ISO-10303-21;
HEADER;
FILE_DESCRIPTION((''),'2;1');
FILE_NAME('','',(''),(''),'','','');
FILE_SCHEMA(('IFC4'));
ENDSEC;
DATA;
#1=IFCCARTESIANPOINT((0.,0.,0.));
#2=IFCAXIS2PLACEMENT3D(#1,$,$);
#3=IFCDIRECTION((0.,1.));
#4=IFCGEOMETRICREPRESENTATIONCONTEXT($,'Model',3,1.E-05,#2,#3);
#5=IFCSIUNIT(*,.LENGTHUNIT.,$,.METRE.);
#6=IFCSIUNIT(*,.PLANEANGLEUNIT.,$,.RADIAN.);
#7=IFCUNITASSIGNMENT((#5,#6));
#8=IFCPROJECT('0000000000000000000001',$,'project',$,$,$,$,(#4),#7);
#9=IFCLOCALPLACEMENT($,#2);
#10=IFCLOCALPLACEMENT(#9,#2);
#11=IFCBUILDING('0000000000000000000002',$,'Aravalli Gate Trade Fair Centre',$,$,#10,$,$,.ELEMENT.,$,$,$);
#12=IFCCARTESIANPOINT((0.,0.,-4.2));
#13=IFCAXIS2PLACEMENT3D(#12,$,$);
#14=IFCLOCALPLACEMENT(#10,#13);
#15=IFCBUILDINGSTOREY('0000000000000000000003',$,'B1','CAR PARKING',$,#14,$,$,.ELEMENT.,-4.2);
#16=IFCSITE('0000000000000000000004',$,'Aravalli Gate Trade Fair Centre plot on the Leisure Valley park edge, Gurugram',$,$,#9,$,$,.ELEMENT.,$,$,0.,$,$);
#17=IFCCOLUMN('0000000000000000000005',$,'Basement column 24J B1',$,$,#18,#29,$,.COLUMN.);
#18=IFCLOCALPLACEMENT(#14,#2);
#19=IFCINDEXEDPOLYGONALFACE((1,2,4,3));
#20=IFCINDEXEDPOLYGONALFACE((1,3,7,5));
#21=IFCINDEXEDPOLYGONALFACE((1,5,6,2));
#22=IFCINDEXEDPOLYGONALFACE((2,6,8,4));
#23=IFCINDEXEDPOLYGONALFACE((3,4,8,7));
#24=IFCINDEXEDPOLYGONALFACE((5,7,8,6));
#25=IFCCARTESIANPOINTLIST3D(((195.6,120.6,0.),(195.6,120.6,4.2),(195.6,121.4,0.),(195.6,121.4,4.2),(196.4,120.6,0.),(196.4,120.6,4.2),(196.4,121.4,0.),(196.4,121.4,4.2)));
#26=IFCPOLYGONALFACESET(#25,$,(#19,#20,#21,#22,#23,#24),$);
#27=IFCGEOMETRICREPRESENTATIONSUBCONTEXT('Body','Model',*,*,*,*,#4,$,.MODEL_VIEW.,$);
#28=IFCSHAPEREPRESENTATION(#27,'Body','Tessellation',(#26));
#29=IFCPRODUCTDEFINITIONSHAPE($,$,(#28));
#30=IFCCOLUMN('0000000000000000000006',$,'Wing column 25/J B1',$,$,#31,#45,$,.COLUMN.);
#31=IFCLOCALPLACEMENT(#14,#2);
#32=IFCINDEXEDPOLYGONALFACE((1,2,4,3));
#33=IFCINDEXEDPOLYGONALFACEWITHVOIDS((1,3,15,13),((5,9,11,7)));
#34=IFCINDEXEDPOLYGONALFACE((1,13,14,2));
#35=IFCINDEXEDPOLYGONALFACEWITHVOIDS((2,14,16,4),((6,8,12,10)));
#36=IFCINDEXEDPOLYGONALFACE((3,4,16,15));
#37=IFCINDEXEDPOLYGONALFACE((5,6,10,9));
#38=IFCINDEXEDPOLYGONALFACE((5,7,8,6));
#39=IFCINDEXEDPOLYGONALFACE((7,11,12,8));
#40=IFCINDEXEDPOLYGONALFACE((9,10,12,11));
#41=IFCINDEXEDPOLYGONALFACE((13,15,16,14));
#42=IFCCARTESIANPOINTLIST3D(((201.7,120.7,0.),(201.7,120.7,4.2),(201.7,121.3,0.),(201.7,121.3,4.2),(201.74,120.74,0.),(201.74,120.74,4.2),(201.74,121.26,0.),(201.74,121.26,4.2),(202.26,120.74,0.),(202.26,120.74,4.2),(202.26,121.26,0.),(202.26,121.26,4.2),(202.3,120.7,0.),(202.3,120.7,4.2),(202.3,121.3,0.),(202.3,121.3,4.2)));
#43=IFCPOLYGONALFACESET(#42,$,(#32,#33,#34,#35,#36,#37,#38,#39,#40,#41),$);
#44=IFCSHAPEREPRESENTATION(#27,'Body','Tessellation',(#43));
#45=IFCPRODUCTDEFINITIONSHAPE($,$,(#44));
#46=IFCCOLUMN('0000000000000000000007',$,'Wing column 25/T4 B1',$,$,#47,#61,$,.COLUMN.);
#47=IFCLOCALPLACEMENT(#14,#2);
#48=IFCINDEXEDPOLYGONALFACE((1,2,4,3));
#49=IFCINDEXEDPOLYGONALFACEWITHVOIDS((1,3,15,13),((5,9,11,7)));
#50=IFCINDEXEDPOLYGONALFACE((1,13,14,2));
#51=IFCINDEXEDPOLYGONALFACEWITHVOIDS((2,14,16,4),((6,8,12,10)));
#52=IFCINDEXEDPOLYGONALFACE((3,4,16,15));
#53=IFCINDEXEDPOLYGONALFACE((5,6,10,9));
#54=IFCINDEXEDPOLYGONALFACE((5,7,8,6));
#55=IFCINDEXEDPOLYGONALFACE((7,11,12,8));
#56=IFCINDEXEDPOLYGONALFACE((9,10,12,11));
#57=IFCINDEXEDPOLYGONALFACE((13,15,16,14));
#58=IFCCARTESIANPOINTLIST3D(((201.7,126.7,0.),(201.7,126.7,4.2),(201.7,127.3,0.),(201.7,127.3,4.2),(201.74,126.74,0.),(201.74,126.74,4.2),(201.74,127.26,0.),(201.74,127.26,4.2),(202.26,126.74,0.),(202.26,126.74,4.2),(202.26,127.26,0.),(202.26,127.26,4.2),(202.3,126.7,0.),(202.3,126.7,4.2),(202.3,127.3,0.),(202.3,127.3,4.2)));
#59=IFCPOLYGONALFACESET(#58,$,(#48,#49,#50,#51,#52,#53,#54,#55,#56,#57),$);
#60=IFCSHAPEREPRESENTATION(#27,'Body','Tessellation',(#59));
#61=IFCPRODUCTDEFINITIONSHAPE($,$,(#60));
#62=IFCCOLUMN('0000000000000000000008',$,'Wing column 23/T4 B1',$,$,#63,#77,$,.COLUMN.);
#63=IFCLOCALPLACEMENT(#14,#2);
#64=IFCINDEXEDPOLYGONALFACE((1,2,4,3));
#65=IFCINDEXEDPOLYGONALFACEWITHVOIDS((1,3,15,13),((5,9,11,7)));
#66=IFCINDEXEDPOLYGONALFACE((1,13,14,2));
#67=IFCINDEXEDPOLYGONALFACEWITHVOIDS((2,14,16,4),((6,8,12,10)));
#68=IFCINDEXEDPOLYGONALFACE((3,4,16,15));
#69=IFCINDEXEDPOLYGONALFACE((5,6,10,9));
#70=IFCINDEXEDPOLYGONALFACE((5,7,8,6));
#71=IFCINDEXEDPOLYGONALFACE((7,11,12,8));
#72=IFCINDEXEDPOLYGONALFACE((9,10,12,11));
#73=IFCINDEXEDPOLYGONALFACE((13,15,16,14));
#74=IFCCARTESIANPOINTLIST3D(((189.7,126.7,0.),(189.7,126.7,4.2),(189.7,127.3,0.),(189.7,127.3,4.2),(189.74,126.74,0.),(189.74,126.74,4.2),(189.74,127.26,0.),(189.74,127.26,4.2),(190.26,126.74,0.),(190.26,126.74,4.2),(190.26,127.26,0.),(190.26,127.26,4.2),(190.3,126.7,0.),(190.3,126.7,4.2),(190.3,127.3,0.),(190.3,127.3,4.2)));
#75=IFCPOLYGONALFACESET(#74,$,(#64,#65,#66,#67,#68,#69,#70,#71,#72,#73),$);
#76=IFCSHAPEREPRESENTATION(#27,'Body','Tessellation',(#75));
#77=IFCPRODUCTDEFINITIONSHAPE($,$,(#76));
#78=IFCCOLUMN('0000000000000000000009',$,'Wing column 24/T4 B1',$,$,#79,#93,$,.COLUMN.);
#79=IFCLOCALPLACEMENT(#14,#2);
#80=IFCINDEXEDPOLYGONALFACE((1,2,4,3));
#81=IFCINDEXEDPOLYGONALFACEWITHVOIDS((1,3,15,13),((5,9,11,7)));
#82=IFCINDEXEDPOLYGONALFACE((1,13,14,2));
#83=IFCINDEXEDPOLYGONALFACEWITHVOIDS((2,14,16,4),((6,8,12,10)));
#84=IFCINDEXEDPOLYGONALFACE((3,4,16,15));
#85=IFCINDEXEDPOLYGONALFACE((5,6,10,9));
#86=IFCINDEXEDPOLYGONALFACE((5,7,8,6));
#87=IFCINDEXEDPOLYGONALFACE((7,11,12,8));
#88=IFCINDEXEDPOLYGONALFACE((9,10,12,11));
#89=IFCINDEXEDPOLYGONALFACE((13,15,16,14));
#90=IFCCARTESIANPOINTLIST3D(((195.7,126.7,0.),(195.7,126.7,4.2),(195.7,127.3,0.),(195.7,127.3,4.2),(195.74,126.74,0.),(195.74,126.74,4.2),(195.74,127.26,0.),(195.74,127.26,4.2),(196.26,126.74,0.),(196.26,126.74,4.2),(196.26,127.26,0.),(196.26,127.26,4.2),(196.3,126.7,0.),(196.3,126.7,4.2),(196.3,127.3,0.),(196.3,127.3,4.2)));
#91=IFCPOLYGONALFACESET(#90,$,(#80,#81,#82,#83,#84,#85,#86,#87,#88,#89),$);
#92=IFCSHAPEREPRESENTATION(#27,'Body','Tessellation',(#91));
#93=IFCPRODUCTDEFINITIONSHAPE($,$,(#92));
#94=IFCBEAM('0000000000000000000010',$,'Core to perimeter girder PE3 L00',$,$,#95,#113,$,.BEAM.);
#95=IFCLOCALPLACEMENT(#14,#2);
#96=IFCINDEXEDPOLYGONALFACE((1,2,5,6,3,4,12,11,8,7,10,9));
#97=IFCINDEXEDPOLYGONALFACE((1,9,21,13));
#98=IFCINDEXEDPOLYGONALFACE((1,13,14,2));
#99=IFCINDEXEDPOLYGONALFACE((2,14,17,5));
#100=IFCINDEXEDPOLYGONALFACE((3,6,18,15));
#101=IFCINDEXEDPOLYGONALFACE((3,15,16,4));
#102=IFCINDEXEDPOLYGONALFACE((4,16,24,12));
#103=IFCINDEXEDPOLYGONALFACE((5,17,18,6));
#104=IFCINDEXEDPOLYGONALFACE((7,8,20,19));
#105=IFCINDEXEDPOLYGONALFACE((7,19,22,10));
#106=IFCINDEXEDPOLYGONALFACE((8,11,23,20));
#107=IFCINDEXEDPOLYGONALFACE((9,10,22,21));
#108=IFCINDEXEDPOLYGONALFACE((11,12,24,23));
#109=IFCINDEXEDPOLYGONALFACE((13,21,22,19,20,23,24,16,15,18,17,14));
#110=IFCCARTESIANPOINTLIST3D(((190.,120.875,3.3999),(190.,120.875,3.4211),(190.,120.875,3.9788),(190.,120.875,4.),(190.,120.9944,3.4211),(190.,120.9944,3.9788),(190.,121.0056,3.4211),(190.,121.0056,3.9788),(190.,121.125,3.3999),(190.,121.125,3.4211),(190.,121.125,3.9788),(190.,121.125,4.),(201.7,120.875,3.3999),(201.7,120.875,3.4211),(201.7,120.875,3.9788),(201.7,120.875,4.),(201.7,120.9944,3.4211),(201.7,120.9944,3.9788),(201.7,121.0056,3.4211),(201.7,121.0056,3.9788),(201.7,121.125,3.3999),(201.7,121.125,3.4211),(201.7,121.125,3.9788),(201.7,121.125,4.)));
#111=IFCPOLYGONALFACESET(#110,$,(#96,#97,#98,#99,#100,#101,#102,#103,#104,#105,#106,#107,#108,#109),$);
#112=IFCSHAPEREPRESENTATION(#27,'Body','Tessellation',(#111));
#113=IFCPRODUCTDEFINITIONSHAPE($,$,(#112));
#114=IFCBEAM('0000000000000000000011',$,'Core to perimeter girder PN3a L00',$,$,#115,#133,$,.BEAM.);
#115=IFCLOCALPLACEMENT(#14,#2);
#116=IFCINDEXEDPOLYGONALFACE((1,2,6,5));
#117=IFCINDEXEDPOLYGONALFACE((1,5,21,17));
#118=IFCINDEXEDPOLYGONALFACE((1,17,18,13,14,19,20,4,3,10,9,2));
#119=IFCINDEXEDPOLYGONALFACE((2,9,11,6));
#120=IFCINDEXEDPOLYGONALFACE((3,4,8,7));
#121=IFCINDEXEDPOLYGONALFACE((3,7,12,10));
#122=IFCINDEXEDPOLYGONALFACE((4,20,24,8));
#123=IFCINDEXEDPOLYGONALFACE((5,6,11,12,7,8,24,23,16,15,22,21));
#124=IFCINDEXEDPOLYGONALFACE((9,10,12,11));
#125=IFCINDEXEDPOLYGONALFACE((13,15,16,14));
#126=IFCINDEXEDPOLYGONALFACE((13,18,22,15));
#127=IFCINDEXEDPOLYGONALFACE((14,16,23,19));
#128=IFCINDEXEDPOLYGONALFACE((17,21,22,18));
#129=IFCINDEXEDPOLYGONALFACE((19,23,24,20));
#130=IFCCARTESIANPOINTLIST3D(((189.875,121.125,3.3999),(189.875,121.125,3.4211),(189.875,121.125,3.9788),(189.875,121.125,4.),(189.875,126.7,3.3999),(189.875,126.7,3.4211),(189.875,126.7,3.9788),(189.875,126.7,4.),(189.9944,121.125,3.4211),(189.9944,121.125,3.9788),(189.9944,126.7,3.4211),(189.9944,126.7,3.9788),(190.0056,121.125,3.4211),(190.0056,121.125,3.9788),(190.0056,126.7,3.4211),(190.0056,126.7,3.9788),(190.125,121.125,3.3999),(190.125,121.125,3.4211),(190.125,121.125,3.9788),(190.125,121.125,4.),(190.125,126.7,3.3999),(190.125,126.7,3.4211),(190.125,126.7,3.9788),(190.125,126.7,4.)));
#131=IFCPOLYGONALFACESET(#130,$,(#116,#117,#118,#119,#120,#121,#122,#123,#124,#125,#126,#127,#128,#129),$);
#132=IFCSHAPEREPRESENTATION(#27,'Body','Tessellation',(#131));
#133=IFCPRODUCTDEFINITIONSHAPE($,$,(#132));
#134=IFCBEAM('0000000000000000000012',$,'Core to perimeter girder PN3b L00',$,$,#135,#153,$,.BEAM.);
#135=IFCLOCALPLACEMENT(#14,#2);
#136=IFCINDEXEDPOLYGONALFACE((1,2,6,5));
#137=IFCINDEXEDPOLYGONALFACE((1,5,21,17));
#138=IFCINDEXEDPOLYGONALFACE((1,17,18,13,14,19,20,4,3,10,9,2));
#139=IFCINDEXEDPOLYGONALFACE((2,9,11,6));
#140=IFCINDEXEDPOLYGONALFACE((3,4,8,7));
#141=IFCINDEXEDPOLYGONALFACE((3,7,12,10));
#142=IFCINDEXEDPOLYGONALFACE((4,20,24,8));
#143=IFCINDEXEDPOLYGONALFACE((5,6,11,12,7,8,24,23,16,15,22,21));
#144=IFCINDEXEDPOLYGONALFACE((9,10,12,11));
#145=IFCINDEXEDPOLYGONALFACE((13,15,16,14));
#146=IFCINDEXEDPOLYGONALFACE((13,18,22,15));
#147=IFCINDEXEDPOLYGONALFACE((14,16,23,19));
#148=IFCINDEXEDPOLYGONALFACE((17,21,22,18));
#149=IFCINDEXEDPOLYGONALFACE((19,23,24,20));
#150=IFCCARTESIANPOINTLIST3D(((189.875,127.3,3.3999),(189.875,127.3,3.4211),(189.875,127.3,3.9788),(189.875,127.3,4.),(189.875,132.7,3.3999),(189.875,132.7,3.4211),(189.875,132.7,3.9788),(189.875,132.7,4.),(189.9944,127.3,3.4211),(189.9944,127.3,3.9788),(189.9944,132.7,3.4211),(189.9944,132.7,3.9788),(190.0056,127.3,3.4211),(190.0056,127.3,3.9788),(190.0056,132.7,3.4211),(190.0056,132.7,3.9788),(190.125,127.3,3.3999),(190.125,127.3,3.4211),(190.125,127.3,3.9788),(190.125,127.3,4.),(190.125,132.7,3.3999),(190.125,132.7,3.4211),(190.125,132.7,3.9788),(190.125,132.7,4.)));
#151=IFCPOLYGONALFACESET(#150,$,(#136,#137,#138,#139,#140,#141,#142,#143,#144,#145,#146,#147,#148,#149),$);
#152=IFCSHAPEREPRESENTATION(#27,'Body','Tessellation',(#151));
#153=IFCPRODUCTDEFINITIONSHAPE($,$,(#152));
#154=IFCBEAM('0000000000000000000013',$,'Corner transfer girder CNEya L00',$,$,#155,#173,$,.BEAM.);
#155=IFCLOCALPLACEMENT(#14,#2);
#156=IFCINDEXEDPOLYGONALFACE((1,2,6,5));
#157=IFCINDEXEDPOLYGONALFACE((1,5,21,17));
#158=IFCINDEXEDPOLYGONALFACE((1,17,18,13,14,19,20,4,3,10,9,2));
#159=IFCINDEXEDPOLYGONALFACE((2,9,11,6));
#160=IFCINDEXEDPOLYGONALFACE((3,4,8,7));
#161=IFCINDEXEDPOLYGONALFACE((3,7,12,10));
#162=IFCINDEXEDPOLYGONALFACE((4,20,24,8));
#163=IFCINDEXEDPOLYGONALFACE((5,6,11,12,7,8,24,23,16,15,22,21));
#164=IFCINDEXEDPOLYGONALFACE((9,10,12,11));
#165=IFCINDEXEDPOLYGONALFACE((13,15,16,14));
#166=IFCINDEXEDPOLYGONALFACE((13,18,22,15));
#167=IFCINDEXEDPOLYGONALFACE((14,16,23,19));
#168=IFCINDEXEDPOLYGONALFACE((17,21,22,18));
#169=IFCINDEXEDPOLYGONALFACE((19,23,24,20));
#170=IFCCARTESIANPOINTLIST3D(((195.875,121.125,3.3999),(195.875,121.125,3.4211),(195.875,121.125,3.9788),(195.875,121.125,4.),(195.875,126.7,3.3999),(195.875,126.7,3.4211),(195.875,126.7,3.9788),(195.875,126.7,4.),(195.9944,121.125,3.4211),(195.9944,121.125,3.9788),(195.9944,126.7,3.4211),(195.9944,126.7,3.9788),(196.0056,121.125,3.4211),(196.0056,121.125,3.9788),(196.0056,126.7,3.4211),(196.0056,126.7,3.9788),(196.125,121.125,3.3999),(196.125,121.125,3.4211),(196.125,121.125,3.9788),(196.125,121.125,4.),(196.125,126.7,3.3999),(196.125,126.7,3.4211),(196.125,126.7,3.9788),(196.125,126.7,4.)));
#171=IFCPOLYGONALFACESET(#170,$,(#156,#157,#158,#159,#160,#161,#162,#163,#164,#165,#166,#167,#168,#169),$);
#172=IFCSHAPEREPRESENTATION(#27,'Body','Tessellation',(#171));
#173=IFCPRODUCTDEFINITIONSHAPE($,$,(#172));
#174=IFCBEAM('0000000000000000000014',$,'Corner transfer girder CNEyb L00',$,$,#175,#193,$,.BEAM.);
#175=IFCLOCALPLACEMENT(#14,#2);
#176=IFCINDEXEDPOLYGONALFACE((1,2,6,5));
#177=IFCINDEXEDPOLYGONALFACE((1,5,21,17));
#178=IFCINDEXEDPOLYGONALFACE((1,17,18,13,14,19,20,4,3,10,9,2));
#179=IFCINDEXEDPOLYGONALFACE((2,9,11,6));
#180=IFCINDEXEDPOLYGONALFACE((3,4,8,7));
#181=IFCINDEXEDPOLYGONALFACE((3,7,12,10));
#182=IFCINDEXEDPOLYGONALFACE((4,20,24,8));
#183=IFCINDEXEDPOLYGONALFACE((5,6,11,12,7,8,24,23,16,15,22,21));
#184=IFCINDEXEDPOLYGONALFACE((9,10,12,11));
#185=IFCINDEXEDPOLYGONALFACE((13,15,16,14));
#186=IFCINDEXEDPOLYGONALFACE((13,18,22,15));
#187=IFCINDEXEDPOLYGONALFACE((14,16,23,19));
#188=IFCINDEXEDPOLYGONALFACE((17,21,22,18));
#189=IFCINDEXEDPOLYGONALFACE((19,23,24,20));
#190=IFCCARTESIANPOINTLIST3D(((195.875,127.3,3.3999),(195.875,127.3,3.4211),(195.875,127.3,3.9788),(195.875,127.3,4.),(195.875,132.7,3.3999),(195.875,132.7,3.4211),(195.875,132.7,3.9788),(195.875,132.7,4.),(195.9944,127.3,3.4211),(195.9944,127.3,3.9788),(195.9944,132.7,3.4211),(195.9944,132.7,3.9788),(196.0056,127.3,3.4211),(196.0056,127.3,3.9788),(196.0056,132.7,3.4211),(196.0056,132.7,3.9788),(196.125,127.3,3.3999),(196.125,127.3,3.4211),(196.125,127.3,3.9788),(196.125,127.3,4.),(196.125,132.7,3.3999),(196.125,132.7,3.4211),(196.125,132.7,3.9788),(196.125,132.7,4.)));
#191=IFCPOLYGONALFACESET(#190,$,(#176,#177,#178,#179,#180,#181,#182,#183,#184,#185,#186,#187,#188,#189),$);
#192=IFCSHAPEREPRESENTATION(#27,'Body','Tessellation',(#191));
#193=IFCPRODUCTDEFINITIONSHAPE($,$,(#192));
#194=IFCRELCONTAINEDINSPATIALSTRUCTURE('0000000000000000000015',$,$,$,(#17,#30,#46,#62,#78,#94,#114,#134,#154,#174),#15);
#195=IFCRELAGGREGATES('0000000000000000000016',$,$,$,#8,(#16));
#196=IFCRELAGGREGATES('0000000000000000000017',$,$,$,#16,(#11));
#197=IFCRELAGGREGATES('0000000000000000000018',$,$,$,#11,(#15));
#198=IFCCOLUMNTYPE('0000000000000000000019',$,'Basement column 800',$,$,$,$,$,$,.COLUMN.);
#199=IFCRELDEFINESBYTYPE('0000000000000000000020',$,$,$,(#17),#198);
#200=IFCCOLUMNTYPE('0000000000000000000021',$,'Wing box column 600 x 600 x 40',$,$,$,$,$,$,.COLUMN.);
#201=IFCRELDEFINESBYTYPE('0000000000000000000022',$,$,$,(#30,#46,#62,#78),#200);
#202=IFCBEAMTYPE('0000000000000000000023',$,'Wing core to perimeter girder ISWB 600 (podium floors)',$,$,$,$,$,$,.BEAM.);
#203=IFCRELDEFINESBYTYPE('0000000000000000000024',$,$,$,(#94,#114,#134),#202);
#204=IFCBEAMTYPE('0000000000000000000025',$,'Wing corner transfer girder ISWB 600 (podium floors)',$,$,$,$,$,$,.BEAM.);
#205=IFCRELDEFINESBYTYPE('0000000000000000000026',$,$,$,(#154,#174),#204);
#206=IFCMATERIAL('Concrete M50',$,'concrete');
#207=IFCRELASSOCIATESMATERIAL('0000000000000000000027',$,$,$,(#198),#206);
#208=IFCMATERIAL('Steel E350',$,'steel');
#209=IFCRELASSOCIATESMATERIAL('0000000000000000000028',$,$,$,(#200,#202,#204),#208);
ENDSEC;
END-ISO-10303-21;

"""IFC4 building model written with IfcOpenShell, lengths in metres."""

from ifc_helpers import new_model, si_unit, direction, frame, origin, origin_2d, place, context, subcontext, project, spatial, rectangle, hollow_rectangle, i_section, extrude, material, material_profile, profile_set, type_object, element, save


model = new_model("IFC4")

# Units and contexts
model_context = context("Model", 3, precision=1e-05, world=origin(), true_north=direction((0.0, 1.0)))
body_context = subcontext(model_context, "Body", "Model", "MODEL_VIEW")
ifc_project = project(units=[si_unit("LENGTHUNIT", "METRE"), si_unit("PLANEANGLEUNIT", "RADIAN")], contexts=[model_context])

# Site, building, storey
site_placement = place(None, origin())
site = spatial("IfcSite", under=ifc_project, at=site_placement, Name="Aravalli Gate Trade Fair Centre plot on the Leisure Valley park edge, Gurugram", CompositionType="ELEMENT", RefElevation=0.0)
building_placement = place(site_placement, origin())
building = spatial("IfcBuilding", under=site, at=building_placement, Name="Aravalli Gate Trade Fair Centre", CompositionType="ELEMENT")
storey_placement = place(building_placement, frame((0.0, 0.0, -4.2)))
storey = spatial("IfcBuildingStorey", under=building, at=storey_placement, Name="B1", Description="CAR PARKING", CompositionType="ELEMENT", Elevation=-4.2)

# Columns
ifc_material_1 = material(Name="Concrete M50", Category="concrete")
ifc_material_profile_1 = material_profile(ifc_material_1, rectangle(XDim=0.8, YDim=0.8, at=origin_2d()), Name="RC 800 x 800")
ifc_profile_set_1 = profile_set([ifc_material_profile_1], Name="Concrete M50")
column_type_1 = type_object("IfcColumnType", Name="Basement column 800", PredefinedType="COLUMN", material=ifc_profile_set_1)
column_placement = place(storey_placement, frame((196.0, 121.0, 0.0), z_axis=(0.0, 0.0, 1.0), x_axis=(1.0, 0.0, 0.0)))
element("IfcColumn", 1, at=column_placement, inside=storey, type_object=column_type_1, Name="Basement column 24J B1", PredefinedType="COLUMN", context=body_context, shape_type="SweptSolid", body=[
    extrude(rectangle(XDim=0.8, YDim=0.8, at=origin_2d()), origin(), (0.0, 0.0, 1.0), 4.2),
])
ifc_material_2 = material(Name="Steel E350", Category="steel")
ifc_material_profile_2 = material_profile(ifc_material_2, hollow_rectangle(XDim=0.6001, YDim=0.6001, WallThickness=0.04, at=origin_2d()), Name="BOX 600x600x40")
ifc_profile_set_2 = profile_set([ifc_material_profile_2], Name="Steel E350")
column_type_2 = type_object("IfcColumnType", Name="Wing box column 600 x 600 x 40", PredefinedType="COLUMN", material=ifc_profile_set_2)
for number, where, z_axis, x_axis, name in (
    (2, (202.0, 121.0, 0.0), (0.0, 0.0, 1.0), (1.0, 0.0, 0.0), "Wing column 25/J B1"),
    (3, (202.0, 127.0, 0.0), (0.0, 0.0, 1.0), (1.0, 0.0, 0.0), "Wing column 25/T4 B1"),
    (4, (190.0, 127.0, 0.0), (0.0, 0.0, 1.0), (1.0, 0.0, 0.0), "Wing column 23/T4 B1"),
    (5, (196.0, 127.0, 0.0), (0.0, 0.0, 1.0), (1.0, 0.0, 0.0), "Wing column 24/T4 B1"),
):
    element("IfcColumn", number, at=place(storey_placement, frame(where, z_axis=z_axis, x_axis=x_axis)), inside=storey, type_object=column_type_2, Name=name, PredefinedType="COLUMN", context=body_context, shape_type="SweptSolid", body=[
        extrude(hollow_rectangle(XDim=0.6001, YDim=0.6001, WallThickness=0.04, at=origin_2d()), origin(), (0.0, 0.0, 1.0), 4.2),
    ])

# Beams
ifc_material_profile_3 = material_profile(ifc_material_2, i_section(OverallWidth=0.25, OverallDepth=0.6001, WebThickness=0.0112, FlangeThickness=0.0212, at=origin_2d()), Name="ISWB 600")
ifc_profile_set_3 = profile_set([ifc_material_profile_3], Name="Steel E350")
beam_type_1 = type_object("IfcBeamType", Name="Wing core to perimeter girder ISWB 600 (podium floors)", PredefinedType="BEAM", material=ifc_profile_set_3)
beam_1_placement = place(storey_placement, frame((190.0, 121.0, 3.7), z_axis=(1.0, 0.0, 0.0), x_axis=(0.0, 1.0, 0.0)))
element("IfcBeam", 6, at=beam_1_placement, inside=storey, type_object=beam_type_1, Name="Core to perimeter girder PE3 L00", PredefinedType="BEAM", context=body_context, shape_type="SweptSolid", body=[
    extrude(i_section(OverallWidth=0.25, OverallDepth=0.6001, WebThickness=0.0112, FlangeThickness=0.0212, at=origin_2d()), origin(), (0.0, 0.0, 1.0), 11.7),
])
beam_2_placement = place(storey_placement, frame((190.0, 121.125, 3.7), z_axis=(0.0, 1.0, 0.0), x_axis=(-1.0, 0.0, 0.0)))
element("IfcBeam", 7, at=beam_2_placement, inside=storey, type_object=beam_type_1, Name="Core to perimeter girder PN3a L00", PredefinedType="BEAM", context=body_context, shape_type="SweptSolid", body=[
    extrude(i_section(OverallWidth=0.25, OverallDepth=0.6001, WebThickness=0.0112, FlangeThickness=0.0212, at=origin_2d()), origin(), (0.0, 0.0, 1.0), 5.575),
])
beam_3_placement = place(storey_placement, frame((190.0, 127.3, 3.7), z_axis=(0.0, 1.0, 0.0), x_axis=(-1.0, 0.0, 0.0)))
element("IfcBeam", 8, at=beam_3_placement, inside=storey, type_object=beam_type_1, Name="Core to perimeter girder PN3b L00", PredefinedType="BEAM", context=body_context, shape_type="SweptSolid", body=[
    extrude(i_section(OverallWidth=0.25, OverallDepth=0.6001, WebThickness=0.0112, FlangeThickness=0.0212, at=origin_2d()), origin(), (0.0, 0.0, 1.0), 5.3999),
])
ifc_material_profile_4 = material_profile(ifc_material_2, i_section(OverallWidth=0.25, OverallDepth=0.6001, WebThickness=0.0112, FlangeThickness=0.0212, at=origin_2d()), Name="ISWB 600")
ifc_profile_set_4 = profile_set([ifc_material_profile_4], Name="Steel E350")
beam_type_2 = type_object("IfcBeamType", Name="Wing corner transfer girder ISWB 600 (podium floors)", PredefinedType="BEAM", material=ifc_profile_set_4)
beam_4_placement = place(storey_placement, frame((196.0, 121.125, 3.7), z_axis=(0.0, 1.0, 0.0), x_axis=(-1.0, 0.0, 0.0)))
element("IfcBeam", 9, at=beam_4_placement, inside=storey, type_object=beam_type_2, Name="Corner transfer girder CNEya L00", PredefinedType="BEAM", context=body_context, shape_type="SweptSolid", body=[
    extrude(i_section(OverallWidth=0.25, OverallDepth=0.6001, WebThickness=0.0112, FlangeThickness=0.0212, at=origin_2d()), origin(), (0.0, 0.0, 1.0), 5.575),
])
beam_5_placement = place(storey_placement, frame((196.0, 127.3, 3.7), z_axis=(0.0, 1.0, 0.0), x_axis=(-1.0, 0.0, 0.0)))
element("IfcBeam", 10, at=beam_5_placement, inside=storey, type_object=beam_type_2, Name="Corner transfer girder CNEyb L00", PredefinedType="BEAM", context=body_context, shape_type="SweptSolid", body=[
    extrude(i_section(OverallWidth=0.25, OverallDepth=0.6001, WebThickness=0.0112, FlangeThickness=0.0212, at=origin_2d()), origin(), (0.0, 0.0, 1.0), 5.3999),
])

save(model, "model.ifc")
